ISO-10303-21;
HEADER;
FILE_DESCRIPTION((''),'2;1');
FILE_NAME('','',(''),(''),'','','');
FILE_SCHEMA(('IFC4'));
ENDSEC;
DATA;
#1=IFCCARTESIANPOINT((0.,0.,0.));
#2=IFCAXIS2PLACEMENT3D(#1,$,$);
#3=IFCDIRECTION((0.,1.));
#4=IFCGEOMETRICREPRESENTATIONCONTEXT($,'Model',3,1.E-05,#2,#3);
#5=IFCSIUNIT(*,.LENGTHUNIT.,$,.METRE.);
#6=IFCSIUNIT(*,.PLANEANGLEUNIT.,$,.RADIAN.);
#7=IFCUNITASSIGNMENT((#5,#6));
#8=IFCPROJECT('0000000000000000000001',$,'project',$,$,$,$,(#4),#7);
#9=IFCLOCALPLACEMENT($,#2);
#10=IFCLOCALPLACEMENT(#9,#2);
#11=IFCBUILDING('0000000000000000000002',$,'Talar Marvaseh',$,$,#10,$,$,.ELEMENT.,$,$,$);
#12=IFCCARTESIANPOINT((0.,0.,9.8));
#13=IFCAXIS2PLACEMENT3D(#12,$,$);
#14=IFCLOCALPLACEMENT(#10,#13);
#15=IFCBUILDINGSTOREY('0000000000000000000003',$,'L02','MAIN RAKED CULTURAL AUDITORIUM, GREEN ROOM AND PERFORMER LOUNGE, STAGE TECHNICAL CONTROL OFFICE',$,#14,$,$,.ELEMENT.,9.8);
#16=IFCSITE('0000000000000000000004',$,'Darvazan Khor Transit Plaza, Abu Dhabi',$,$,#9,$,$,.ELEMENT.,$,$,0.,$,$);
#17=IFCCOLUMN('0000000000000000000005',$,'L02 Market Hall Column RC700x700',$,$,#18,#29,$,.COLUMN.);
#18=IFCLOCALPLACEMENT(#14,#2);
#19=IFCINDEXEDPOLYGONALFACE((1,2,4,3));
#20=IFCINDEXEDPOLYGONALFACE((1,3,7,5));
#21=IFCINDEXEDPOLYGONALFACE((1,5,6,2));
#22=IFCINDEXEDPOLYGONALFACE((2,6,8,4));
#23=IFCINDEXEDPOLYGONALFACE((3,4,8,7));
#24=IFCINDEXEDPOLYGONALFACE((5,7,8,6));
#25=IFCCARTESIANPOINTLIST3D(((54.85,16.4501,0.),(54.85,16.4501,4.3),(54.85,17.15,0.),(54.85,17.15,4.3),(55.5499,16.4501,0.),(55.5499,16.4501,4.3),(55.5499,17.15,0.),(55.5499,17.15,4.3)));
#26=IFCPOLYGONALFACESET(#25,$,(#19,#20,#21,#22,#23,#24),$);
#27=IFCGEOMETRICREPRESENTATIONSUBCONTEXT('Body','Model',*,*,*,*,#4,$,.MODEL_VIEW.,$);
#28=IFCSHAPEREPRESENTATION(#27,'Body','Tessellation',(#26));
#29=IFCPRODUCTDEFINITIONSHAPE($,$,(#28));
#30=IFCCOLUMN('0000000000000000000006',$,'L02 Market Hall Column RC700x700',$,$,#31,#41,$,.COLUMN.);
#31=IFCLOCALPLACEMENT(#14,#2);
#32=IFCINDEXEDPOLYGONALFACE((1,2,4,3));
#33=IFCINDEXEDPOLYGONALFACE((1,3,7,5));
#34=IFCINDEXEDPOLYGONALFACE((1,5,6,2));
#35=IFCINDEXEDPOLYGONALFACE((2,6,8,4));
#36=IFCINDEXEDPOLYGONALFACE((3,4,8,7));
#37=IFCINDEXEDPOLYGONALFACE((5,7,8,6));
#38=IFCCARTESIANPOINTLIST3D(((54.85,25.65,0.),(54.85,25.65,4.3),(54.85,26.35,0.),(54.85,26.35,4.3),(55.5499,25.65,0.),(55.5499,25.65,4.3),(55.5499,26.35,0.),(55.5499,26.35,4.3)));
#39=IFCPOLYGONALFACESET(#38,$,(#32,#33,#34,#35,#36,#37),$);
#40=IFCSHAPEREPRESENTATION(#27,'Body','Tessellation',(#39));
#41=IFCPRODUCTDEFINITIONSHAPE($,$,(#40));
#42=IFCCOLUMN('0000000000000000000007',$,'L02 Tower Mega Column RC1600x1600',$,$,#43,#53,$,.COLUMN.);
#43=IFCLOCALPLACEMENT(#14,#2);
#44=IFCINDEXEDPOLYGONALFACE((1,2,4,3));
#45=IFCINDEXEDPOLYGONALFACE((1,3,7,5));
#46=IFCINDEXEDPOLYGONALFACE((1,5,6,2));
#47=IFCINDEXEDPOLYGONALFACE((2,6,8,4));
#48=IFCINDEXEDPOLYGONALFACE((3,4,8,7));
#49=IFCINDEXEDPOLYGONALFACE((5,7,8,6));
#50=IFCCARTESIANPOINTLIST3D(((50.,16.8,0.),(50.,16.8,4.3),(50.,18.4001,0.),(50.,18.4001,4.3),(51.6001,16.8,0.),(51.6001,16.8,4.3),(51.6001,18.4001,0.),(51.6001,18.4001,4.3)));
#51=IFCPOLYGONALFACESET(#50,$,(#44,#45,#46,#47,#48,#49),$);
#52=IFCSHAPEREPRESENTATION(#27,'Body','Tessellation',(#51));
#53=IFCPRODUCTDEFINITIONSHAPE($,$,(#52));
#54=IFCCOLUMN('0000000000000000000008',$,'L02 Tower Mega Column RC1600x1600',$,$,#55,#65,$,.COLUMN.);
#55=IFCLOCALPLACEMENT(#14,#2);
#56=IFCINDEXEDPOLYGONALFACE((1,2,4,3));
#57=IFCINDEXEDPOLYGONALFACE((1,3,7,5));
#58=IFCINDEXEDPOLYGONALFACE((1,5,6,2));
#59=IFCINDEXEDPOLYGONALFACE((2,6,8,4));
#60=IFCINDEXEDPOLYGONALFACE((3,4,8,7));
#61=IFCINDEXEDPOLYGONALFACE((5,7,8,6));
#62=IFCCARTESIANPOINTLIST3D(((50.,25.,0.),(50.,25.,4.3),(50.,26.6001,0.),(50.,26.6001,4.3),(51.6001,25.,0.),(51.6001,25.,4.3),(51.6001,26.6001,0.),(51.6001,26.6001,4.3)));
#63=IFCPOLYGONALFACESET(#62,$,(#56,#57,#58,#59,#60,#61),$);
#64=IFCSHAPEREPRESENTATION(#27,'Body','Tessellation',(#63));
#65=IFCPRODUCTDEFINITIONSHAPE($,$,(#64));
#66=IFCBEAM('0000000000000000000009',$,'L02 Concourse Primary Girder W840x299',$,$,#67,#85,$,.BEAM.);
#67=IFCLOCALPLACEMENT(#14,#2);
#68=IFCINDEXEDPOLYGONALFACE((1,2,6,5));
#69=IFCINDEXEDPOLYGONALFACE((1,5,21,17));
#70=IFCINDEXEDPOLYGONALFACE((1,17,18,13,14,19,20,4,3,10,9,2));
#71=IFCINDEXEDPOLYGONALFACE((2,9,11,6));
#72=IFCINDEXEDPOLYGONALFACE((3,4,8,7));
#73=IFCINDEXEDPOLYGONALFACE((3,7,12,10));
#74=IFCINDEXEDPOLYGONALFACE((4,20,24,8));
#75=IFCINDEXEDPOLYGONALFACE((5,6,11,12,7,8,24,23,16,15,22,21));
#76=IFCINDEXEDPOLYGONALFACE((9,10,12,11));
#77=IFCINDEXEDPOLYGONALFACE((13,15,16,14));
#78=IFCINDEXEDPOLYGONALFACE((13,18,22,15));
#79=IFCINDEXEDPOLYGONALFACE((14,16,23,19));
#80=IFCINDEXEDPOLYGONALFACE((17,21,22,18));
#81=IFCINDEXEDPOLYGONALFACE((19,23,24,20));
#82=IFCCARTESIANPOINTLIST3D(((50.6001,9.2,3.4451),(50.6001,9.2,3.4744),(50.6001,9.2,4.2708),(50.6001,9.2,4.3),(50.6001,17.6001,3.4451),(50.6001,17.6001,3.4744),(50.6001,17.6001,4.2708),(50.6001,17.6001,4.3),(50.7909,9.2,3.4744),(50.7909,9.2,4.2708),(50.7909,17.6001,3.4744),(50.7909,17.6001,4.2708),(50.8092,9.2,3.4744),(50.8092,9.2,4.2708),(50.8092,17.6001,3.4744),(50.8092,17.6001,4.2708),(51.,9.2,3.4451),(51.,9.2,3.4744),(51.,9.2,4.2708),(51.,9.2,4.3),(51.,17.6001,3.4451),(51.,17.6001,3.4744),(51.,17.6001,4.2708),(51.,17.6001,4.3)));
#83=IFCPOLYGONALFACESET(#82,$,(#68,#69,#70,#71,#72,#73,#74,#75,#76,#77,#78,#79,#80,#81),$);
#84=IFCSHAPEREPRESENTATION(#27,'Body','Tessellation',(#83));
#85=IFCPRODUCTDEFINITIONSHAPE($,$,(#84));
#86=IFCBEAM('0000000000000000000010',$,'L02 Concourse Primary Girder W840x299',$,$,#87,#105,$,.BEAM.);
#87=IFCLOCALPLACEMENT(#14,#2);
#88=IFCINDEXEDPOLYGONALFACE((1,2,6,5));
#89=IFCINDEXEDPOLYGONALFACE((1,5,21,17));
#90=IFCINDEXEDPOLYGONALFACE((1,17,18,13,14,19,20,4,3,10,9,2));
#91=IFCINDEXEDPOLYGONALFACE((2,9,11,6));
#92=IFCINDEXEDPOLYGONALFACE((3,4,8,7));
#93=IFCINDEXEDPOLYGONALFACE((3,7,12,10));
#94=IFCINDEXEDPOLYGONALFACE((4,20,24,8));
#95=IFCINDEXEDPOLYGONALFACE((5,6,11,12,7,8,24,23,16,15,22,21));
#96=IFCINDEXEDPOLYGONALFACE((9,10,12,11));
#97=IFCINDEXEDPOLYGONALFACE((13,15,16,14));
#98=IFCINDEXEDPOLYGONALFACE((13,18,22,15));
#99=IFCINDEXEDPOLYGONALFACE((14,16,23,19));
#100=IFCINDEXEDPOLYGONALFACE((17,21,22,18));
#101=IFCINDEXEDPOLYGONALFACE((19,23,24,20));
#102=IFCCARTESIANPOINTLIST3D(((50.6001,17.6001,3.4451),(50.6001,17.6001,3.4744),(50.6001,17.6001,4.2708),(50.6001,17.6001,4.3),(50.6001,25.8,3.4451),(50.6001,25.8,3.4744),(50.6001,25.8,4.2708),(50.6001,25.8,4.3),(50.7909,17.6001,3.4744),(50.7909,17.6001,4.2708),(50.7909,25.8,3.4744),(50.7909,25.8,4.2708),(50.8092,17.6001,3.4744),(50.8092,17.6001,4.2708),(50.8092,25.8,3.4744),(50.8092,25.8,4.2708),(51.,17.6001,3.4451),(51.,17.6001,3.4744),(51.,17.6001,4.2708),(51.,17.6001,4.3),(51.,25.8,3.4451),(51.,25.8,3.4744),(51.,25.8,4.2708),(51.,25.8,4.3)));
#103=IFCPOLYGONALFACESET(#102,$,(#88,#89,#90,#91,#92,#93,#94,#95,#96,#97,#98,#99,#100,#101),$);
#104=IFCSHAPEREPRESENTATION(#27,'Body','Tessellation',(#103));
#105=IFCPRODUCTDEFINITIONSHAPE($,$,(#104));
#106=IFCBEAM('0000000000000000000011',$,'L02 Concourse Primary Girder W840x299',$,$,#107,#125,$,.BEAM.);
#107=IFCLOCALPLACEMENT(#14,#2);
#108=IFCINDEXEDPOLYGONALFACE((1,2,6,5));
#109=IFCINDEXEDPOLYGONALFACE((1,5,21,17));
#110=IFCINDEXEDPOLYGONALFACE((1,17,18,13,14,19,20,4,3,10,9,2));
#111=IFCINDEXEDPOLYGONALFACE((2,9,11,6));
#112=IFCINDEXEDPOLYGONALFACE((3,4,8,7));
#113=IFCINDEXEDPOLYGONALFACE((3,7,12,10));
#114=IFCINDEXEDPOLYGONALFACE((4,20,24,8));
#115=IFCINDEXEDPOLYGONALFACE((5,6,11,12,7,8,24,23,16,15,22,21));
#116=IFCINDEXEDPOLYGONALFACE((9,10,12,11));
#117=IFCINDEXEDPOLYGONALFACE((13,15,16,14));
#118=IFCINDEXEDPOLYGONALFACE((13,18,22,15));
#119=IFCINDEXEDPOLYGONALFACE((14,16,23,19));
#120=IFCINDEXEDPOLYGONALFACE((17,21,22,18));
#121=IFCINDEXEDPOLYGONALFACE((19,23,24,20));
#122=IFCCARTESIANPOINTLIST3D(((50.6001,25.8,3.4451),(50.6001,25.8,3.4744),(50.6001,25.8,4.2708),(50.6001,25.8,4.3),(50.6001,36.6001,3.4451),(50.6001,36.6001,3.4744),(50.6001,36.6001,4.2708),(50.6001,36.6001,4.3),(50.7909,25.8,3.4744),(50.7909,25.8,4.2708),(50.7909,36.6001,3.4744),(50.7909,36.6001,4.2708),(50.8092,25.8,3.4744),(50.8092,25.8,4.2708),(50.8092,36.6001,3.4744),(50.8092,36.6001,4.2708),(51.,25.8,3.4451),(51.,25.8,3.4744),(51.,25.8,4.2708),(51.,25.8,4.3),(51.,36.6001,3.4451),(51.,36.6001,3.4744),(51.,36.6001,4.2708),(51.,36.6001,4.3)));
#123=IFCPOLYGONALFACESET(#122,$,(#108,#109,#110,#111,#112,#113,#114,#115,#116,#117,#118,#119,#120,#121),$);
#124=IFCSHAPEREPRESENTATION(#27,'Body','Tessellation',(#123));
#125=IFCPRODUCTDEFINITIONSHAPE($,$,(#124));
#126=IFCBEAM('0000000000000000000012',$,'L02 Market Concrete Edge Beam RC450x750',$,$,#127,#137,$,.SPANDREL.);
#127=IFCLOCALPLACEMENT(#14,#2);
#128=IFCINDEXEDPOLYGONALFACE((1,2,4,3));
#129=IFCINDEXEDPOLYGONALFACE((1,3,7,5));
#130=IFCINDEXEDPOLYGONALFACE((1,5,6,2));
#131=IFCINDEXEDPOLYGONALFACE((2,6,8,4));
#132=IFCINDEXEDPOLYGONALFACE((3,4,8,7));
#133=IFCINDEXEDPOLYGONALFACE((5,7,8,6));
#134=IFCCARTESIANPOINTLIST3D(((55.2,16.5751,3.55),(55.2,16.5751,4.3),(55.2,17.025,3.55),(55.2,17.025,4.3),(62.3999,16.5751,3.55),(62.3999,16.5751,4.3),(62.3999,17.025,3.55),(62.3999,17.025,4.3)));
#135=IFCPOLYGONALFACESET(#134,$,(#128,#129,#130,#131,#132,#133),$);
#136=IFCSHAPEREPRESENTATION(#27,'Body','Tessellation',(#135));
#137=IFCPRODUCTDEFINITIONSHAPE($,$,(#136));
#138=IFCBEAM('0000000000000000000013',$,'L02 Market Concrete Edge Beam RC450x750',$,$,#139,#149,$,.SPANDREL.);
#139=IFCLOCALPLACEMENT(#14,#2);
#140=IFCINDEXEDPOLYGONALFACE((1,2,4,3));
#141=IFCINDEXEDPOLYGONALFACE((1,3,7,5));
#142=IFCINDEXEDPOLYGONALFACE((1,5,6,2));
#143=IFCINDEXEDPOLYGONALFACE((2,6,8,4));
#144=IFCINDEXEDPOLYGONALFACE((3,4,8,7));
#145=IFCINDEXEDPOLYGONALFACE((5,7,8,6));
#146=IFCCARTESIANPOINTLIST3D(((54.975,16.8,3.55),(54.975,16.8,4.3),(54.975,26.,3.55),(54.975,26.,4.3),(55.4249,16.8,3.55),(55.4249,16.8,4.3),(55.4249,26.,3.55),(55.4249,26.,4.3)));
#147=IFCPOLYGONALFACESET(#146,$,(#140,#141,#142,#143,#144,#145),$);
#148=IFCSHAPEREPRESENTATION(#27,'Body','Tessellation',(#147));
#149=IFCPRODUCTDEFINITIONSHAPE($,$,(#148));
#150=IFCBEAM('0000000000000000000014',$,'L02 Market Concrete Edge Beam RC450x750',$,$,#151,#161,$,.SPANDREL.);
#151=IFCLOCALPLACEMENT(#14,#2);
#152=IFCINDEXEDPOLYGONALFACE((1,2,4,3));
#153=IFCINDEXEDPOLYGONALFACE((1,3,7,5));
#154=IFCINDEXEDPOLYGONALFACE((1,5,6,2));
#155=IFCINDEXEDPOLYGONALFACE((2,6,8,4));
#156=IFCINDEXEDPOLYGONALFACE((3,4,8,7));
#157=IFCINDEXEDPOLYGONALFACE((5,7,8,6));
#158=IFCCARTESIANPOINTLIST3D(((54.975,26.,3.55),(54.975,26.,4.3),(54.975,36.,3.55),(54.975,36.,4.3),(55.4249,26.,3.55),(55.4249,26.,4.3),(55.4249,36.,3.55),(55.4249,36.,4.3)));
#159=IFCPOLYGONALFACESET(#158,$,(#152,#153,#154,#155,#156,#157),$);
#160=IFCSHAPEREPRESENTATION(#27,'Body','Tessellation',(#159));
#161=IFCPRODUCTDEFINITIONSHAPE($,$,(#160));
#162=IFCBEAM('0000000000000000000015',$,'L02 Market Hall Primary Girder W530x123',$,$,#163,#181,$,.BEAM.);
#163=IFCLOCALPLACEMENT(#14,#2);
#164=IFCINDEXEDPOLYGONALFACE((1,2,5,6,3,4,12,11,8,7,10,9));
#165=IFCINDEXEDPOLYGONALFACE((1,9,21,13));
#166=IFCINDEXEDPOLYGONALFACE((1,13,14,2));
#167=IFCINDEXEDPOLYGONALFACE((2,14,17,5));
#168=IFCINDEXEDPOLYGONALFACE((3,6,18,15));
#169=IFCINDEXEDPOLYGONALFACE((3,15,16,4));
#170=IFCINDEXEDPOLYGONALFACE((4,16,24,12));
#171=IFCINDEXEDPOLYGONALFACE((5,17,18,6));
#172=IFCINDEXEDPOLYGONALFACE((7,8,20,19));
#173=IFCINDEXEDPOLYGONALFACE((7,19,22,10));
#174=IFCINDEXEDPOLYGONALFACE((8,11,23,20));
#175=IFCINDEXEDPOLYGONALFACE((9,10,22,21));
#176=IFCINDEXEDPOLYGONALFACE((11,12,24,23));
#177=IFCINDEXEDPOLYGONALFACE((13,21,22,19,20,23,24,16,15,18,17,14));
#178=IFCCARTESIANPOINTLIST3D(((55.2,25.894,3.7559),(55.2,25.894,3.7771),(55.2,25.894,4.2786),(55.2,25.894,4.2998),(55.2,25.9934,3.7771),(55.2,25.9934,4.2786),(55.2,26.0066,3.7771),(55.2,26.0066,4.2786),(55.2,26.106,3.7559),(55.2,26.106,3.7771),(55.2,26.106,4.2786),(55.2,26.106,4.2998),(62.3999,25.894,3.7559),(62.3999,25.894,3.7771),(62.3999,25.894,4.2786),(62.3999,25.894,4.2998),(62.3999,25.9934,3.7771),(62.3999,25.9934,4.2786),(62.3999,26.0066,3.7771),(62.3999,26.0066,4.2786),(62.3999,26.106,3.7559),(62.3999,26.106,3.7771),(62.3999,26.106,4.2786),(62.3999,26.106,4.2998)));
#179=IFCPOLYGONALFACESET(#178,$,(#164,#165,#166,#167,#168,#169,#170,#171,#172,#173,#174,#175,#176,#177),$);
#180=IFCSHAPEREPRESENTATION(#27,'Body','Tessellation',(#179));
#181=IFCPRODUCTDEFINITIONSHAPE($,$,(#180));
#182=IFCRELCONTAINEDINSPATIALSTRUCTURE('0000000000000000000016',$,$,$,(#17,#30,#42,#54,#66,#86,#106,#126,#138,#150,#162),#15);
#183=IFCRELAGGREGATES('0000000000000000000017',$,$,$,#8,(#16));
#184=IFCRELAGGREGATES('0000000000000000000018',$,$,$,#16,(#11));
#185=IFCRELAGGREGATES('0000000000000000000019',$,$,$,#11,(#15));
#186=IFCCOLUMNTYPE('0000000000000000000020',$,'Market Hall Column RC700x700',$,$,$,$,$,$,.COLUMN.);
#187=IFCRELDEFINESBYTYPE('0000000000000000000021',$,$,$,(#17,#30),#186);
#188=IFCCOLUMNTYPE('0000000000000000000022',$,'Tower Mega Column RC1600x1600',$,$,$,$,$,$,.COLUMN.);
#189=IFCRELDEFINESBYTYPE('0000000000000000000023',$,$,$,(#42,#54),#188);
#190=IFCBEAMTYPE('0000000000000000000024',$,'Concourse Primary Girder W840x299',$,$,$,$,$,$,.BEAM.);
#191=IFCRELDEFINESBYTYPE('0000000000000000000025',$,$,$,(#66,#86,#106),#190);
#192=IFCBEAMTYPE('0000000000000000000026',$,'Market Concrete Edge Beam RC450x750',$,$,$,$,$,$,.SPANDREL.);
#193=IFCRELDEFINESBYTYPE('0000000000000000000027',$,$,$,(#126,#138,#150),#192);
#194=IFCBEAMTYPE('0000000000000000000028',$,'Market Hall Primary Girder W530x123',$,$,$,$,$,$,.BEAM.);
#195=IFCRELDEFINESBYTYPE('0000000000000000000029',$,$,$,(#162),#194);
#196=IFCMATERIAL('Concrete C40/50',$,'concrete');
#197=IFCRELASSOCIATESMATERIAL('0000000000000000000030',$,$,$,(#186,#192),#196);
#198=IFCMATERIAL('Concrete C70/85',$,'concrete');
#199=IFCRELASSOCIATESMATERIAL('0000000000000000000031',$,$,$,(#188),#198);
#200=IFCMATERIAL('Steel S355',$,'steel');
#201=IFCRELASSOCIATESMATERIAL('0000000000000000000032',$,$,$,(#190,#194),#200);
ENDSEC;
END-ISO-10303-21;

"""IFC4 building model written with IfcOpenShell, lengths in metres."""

from ifc_helpers import new_model, si_unit, direction, frame, origin, origin_2d, place, context, subcontext, project, spatial, rectangle, i_section, extrude, material, material_profile, profile_set, type_object, element, save


model = new_model("IFC4")

# Units and contexts
model_context = context("Model", 3, precision=1e-05, world=origin(), true_north=direction((0.0, 1.0)))
body_context = subcontext(model_context, "Body", "Model", "MODEL_VIEW")
ifc_project = project(units=[si_unit("LENGTHUNIT", "METRE"), si_unit("PLANEANGLEUNIT", "RADIAN")], contexts=[model_context])

# Site, building, storey
site_placement = place(None, origin())
site = spatial("IfcSite", under=ifc_project, at=site_placement, Name="Darvazan Khor Transit Plaza, Abu Dhabi", CompositionType="ELEMENT", RefElevation=0.0)
building_placement = place(site_placement, origin())
building = spatial("IfcBuilding", under=site, at=building_placement, Name="Talar Marvaseh", CompositionType="ELEMENT")
storey_placement = place(building_placement, frame((0.0, 0.0, 9.8)))
storey = spatial("IfcBuildingStorey", under=building, at=storey_placement, Name="L02", Description="MAIN RAKED CULTURAL AUDITORIUM, GREEN ROOM AND PERFORMER LOUNGE, STAGE TECHNICAL CONTROL OFFICE", CompositionType="ELEMENT", Elevation=9.8)

# Columns
ifc_material_1 = material(Name="Concrete C40/50", Category="concrete")
ifc_material_profile_1 = material_profile(ifc_material_1, rectangle(XDim=0.7, YDim=0.7, at=origin_2d()), Name="RC700x700")
ifc_profile_set_1 = profile_set([ifc_material_profile_1], Name="Concrete C40/50")
column_type_1 = type_object("IfcColumnType", Name="Market Hall Column RC700x700", PredefinedType="COLUMN", material=ifc_profile_set_1)
for number, where, z_axis, x_axis, name in (
    (1, (55.2, 16.8, 0.0), (0.0, 0.0, 1.0), (1.0, 0.0, 0.0), "L02 Market Hall Column RC700x700"),
    (2, (55.2, 26.0, 0.0), (0.0, 0.0, 1.0), (1.0, 0.0, 0.0), "L02 Market Hall Column RC700x700"),
):
    element("IfcColumn", number, at=place(storey_placement, frame(where, z_axis=z_axis, x_axis=x_axis)), inside=storey, type_object=column_type_1, Name=name, PredefinedType="COLUMN", context=body_context, shape_type="SweptSolid", body=[
        extrude(rectangle(XDim=0.7, YDim=0.7, at=origin_2d()), origin(), (0.0, 0.0, 1.0), 4.3),
    ])
ifc_material_2 = material(Name="Concrete C70/85", Category="concrete")
ifc_material_profile_2 = material_profile(ifc_material_2, rectangle(XDim=1.6001, YDim=1.6001, at=origin_2d()), Name="RC1600x1600")
ifc_profile_set_2 = profile_set([ifc_material_profile_2], Name="Concrete C70/85")
column_type_2 = type_object("IfcColumnType", Name="Tower Mega Column RC1600x1600", PredefinedType="COLUMN", material=ifc_profile_set_2)
for number, where, z_axis, x_axis, name in (
    (3, (50.8, 17.6001, 0.0), (0.0, 0.0, 1.0), (1.0, 0.0, 0.0), "L02 Tower Mega Column RC1600x1600"),
    (4, (50.8, 25.8, 0.0), (0.0, 0.0, 1.0), (1.0, 0.0, 0.0), "L02 Tower Mega Column RC1600x1600"),
):
    element("IfcColumn", number, at=place(storey_placement, frame(where, z_axis=z_axis, x_axis=x_axis)), inside=storey, type_object=column_type_2, Name=name, PredefinedType="COLUMN", context=body_context, shape_type="SweptSolid", body=[
        extrude(rectangle(XDim=1.6001, YDim=1.6001, at=origin_2d()), origin(), (0.0, 0.0, 1.0), 4.3),
    ])

# Beams
ifc_material_3 = material(Name="Steel S355", Category="steel")
ifc_material_profile_3 = material_profile(ifc_material_3, i_section(OverallWidth=0.3999, OverallDepth=0.855, WebThickness=0.0183, FlangeThickness=0.0293, at=origin_2d()), Name="W840x299")
ifc_profile_set_3 = profile_set([ifc_material_profile_3], Name="Steel S355")
beam_type_1 = type_object("IfcBeamType", Name="Concourse Primary Girder W840x299", PredefinedType="BEAM", material=ifc_profile_set_3)
beam_1_placement = place(storey_placement, frame((50.8, 9.2, 3.8726), z_axis=(0.0, 1.0, 0.0), x_axis=(-1.0, 0.0, 0.0)))
element("IfcBeam", 5, at=beam_1_placement, inside=storey, type_object=beam_type_1, Name="L02 Concourse Primary Girder W840x299", PredefinedType="BEAM", context=body_context, shape_type="SweptSolid", body=[
    extrude(i_section(OverallWidth=0.3999, OverallDepth=0.855, WebThickness=0.0183, FlangeThickness=0.0293, at=origin_2d()), origin(), (0.0, 0.0, 1.0), 8.4001),
])
beam_2_placement = place(storey_placement, frame((50.8, 17.6001, 3.8726), z_axis=(0.0, 1.0, 0.0), x_axis=(-1.0, 0.0, 0.0)))
element("IfcBeam", 6, at=beam_2_placement, inside=storey, type_object=beam_type_1, Name="L02 Concourse Primary Girder W840x299", PredefinedType="BEAM", context=body_context, shape_type="SweptSolid", body=[
    extrude(i_section(OverallWidth=0.3999, OverallDepth=0.855, WebThickness=0.0183, FlangeThickness=0.0293, at=origin_2d()), origin(), (0.0, 0.0, 1.0), 8.2),
])
beam_3_placement = place(storey_placement, frame((50.8, 25.8, 3.8726), z_axis=(0.0, 1.0, 0.0), x_axis=(-1.0, 0.0, 0.0)))
element("IfcBeam", 7, at=beam_3_placement, inside=storey, type_object=beam_type_1, Name="L02 Concourse Primary Girder W840x299", PredefinedType="BEAM", context=body_context, shape_type="SweptSolid", body=[
    extrude(i_section(OverallWidth=0.3999, OverallDepth=0.855, WebThickness=0.0183, FlangeThickness=0.0293, at=origin_2d()), origin(), (0.0, 0.0, 1.0), 10.8),
])
ifc_material_profile_4 = material_profile(ifc_material_1, rectangle(XDim=0.45, YDim=0.75, at=origin_2d()), Name="RC450x750")
ifc_profile_set_4 = profile_set([ifc_material_profile_4], Name="Concrete C40/50")
beam_type_2 = type_object("IfcBeamType", Name="Market Concrete Edge Beam RC450x750", PredefinedType="SPANDREL", material=ifc_profile_set_4)
beam_4_placement = place(storey_placement, frame((55.2, 16.8, 3.925), z_axis=(1.0, 0.0, 0.0), x_axis=(0.0, 1.0, 0.0)))
element("IfcBeam", 8, at=beam_4_placement, inside=storey, type_object=beam_type_2, Name="L02 Market Concrete Edge Beam RC450x750", PredefinedType="SPANDREL", context=body_context, shape_type="SweptSolid", body=[
    extrude(rectangle(XDim=0.45, YDim=0.75, at=origin_2d()), origin(), (0.0, 0.0, 1.0), 7.2),
])
beam_5_placement = place(storey_placement, frame((55.2, 16.8, 3.925), z_axis=(0.0, 1.0, 0.0), x_axis=(-1.0, 0.0, 0.0)))
element("IfcBeam", 9, at=beam_5_placement, inside=storey, type_object=beam_type_2, Name="L02 Market Concrete Edge Beam RC450x750", PredefinedType="SPANDREL", context=body_context, shape_type="SweptSolid", body=[
    extrude(rectangle(XDim=0.45, YDim=0.75, at=origin_2d()), origin(), (0.0, 0.0, 1.0), 9.2),
])
beam_6_placement = place(storey_placement, frame((55.2, 26.0, 3.925), z_axis=(0.0, 1.0, 0.0), x_axis=(-1.0, 0.0, 0.0)))
element("IfcBeam", 10, at=beam_6_placement, inside=storey, type_object=beam_type_2, Name="L02 Market Concrete Edge Beam RC450x750", PredefinedType="SPANDREL", context=body_context, shape_type="SweptSolid", body=[
    extrude(rectangle(XDim=0.45, YDim=0.75, at=origin_2d()), origin(), (0.0, 0.0, 1.0), 10.0),
])
ifc_material_profile_5 = material_profile(ifc_material_3, i_section(OverallWidth=0.2119, OverallDepth=0.5439, WebThickness=0.0132, FlangeThickness=0.0212, at=origin_2d()), Name="W530x123")
ifc_profile_set_5 = profile_set([ifc_material_profile_5], Name="Steel S355")
beam_type_3 = type_object("IfcBeamType", Name="Market Hall Primary Girder W530x123", PredefinedType="BEAM", material=ifc_profile_set_5)
beam_7_placement = place(storey_placement, frame((55.2, 26.0, 4.0278), z_axis=(1.0, 0.0, 0.0), x_axis=(0.0, 1.0, 0.0)))
element("IfcBeam", 11, at=beam_7_placement, inside=storey, type_object=beam_type_3, Name="L02 Market Hall Primary Girder W530x123", PredefinedType="BEAM", context=body_context, shape_type="SweptSolid", body=[
    extrude(i_section(OverallWidth=0.2119, OverallDepth=0.5439, WebThickness=0.0132, FlangeThickness=0.0212, at=origin_2d()), origin(), (0.0, 0.0, 1.0), 7.2),
])

save(model, "model.ifc")
